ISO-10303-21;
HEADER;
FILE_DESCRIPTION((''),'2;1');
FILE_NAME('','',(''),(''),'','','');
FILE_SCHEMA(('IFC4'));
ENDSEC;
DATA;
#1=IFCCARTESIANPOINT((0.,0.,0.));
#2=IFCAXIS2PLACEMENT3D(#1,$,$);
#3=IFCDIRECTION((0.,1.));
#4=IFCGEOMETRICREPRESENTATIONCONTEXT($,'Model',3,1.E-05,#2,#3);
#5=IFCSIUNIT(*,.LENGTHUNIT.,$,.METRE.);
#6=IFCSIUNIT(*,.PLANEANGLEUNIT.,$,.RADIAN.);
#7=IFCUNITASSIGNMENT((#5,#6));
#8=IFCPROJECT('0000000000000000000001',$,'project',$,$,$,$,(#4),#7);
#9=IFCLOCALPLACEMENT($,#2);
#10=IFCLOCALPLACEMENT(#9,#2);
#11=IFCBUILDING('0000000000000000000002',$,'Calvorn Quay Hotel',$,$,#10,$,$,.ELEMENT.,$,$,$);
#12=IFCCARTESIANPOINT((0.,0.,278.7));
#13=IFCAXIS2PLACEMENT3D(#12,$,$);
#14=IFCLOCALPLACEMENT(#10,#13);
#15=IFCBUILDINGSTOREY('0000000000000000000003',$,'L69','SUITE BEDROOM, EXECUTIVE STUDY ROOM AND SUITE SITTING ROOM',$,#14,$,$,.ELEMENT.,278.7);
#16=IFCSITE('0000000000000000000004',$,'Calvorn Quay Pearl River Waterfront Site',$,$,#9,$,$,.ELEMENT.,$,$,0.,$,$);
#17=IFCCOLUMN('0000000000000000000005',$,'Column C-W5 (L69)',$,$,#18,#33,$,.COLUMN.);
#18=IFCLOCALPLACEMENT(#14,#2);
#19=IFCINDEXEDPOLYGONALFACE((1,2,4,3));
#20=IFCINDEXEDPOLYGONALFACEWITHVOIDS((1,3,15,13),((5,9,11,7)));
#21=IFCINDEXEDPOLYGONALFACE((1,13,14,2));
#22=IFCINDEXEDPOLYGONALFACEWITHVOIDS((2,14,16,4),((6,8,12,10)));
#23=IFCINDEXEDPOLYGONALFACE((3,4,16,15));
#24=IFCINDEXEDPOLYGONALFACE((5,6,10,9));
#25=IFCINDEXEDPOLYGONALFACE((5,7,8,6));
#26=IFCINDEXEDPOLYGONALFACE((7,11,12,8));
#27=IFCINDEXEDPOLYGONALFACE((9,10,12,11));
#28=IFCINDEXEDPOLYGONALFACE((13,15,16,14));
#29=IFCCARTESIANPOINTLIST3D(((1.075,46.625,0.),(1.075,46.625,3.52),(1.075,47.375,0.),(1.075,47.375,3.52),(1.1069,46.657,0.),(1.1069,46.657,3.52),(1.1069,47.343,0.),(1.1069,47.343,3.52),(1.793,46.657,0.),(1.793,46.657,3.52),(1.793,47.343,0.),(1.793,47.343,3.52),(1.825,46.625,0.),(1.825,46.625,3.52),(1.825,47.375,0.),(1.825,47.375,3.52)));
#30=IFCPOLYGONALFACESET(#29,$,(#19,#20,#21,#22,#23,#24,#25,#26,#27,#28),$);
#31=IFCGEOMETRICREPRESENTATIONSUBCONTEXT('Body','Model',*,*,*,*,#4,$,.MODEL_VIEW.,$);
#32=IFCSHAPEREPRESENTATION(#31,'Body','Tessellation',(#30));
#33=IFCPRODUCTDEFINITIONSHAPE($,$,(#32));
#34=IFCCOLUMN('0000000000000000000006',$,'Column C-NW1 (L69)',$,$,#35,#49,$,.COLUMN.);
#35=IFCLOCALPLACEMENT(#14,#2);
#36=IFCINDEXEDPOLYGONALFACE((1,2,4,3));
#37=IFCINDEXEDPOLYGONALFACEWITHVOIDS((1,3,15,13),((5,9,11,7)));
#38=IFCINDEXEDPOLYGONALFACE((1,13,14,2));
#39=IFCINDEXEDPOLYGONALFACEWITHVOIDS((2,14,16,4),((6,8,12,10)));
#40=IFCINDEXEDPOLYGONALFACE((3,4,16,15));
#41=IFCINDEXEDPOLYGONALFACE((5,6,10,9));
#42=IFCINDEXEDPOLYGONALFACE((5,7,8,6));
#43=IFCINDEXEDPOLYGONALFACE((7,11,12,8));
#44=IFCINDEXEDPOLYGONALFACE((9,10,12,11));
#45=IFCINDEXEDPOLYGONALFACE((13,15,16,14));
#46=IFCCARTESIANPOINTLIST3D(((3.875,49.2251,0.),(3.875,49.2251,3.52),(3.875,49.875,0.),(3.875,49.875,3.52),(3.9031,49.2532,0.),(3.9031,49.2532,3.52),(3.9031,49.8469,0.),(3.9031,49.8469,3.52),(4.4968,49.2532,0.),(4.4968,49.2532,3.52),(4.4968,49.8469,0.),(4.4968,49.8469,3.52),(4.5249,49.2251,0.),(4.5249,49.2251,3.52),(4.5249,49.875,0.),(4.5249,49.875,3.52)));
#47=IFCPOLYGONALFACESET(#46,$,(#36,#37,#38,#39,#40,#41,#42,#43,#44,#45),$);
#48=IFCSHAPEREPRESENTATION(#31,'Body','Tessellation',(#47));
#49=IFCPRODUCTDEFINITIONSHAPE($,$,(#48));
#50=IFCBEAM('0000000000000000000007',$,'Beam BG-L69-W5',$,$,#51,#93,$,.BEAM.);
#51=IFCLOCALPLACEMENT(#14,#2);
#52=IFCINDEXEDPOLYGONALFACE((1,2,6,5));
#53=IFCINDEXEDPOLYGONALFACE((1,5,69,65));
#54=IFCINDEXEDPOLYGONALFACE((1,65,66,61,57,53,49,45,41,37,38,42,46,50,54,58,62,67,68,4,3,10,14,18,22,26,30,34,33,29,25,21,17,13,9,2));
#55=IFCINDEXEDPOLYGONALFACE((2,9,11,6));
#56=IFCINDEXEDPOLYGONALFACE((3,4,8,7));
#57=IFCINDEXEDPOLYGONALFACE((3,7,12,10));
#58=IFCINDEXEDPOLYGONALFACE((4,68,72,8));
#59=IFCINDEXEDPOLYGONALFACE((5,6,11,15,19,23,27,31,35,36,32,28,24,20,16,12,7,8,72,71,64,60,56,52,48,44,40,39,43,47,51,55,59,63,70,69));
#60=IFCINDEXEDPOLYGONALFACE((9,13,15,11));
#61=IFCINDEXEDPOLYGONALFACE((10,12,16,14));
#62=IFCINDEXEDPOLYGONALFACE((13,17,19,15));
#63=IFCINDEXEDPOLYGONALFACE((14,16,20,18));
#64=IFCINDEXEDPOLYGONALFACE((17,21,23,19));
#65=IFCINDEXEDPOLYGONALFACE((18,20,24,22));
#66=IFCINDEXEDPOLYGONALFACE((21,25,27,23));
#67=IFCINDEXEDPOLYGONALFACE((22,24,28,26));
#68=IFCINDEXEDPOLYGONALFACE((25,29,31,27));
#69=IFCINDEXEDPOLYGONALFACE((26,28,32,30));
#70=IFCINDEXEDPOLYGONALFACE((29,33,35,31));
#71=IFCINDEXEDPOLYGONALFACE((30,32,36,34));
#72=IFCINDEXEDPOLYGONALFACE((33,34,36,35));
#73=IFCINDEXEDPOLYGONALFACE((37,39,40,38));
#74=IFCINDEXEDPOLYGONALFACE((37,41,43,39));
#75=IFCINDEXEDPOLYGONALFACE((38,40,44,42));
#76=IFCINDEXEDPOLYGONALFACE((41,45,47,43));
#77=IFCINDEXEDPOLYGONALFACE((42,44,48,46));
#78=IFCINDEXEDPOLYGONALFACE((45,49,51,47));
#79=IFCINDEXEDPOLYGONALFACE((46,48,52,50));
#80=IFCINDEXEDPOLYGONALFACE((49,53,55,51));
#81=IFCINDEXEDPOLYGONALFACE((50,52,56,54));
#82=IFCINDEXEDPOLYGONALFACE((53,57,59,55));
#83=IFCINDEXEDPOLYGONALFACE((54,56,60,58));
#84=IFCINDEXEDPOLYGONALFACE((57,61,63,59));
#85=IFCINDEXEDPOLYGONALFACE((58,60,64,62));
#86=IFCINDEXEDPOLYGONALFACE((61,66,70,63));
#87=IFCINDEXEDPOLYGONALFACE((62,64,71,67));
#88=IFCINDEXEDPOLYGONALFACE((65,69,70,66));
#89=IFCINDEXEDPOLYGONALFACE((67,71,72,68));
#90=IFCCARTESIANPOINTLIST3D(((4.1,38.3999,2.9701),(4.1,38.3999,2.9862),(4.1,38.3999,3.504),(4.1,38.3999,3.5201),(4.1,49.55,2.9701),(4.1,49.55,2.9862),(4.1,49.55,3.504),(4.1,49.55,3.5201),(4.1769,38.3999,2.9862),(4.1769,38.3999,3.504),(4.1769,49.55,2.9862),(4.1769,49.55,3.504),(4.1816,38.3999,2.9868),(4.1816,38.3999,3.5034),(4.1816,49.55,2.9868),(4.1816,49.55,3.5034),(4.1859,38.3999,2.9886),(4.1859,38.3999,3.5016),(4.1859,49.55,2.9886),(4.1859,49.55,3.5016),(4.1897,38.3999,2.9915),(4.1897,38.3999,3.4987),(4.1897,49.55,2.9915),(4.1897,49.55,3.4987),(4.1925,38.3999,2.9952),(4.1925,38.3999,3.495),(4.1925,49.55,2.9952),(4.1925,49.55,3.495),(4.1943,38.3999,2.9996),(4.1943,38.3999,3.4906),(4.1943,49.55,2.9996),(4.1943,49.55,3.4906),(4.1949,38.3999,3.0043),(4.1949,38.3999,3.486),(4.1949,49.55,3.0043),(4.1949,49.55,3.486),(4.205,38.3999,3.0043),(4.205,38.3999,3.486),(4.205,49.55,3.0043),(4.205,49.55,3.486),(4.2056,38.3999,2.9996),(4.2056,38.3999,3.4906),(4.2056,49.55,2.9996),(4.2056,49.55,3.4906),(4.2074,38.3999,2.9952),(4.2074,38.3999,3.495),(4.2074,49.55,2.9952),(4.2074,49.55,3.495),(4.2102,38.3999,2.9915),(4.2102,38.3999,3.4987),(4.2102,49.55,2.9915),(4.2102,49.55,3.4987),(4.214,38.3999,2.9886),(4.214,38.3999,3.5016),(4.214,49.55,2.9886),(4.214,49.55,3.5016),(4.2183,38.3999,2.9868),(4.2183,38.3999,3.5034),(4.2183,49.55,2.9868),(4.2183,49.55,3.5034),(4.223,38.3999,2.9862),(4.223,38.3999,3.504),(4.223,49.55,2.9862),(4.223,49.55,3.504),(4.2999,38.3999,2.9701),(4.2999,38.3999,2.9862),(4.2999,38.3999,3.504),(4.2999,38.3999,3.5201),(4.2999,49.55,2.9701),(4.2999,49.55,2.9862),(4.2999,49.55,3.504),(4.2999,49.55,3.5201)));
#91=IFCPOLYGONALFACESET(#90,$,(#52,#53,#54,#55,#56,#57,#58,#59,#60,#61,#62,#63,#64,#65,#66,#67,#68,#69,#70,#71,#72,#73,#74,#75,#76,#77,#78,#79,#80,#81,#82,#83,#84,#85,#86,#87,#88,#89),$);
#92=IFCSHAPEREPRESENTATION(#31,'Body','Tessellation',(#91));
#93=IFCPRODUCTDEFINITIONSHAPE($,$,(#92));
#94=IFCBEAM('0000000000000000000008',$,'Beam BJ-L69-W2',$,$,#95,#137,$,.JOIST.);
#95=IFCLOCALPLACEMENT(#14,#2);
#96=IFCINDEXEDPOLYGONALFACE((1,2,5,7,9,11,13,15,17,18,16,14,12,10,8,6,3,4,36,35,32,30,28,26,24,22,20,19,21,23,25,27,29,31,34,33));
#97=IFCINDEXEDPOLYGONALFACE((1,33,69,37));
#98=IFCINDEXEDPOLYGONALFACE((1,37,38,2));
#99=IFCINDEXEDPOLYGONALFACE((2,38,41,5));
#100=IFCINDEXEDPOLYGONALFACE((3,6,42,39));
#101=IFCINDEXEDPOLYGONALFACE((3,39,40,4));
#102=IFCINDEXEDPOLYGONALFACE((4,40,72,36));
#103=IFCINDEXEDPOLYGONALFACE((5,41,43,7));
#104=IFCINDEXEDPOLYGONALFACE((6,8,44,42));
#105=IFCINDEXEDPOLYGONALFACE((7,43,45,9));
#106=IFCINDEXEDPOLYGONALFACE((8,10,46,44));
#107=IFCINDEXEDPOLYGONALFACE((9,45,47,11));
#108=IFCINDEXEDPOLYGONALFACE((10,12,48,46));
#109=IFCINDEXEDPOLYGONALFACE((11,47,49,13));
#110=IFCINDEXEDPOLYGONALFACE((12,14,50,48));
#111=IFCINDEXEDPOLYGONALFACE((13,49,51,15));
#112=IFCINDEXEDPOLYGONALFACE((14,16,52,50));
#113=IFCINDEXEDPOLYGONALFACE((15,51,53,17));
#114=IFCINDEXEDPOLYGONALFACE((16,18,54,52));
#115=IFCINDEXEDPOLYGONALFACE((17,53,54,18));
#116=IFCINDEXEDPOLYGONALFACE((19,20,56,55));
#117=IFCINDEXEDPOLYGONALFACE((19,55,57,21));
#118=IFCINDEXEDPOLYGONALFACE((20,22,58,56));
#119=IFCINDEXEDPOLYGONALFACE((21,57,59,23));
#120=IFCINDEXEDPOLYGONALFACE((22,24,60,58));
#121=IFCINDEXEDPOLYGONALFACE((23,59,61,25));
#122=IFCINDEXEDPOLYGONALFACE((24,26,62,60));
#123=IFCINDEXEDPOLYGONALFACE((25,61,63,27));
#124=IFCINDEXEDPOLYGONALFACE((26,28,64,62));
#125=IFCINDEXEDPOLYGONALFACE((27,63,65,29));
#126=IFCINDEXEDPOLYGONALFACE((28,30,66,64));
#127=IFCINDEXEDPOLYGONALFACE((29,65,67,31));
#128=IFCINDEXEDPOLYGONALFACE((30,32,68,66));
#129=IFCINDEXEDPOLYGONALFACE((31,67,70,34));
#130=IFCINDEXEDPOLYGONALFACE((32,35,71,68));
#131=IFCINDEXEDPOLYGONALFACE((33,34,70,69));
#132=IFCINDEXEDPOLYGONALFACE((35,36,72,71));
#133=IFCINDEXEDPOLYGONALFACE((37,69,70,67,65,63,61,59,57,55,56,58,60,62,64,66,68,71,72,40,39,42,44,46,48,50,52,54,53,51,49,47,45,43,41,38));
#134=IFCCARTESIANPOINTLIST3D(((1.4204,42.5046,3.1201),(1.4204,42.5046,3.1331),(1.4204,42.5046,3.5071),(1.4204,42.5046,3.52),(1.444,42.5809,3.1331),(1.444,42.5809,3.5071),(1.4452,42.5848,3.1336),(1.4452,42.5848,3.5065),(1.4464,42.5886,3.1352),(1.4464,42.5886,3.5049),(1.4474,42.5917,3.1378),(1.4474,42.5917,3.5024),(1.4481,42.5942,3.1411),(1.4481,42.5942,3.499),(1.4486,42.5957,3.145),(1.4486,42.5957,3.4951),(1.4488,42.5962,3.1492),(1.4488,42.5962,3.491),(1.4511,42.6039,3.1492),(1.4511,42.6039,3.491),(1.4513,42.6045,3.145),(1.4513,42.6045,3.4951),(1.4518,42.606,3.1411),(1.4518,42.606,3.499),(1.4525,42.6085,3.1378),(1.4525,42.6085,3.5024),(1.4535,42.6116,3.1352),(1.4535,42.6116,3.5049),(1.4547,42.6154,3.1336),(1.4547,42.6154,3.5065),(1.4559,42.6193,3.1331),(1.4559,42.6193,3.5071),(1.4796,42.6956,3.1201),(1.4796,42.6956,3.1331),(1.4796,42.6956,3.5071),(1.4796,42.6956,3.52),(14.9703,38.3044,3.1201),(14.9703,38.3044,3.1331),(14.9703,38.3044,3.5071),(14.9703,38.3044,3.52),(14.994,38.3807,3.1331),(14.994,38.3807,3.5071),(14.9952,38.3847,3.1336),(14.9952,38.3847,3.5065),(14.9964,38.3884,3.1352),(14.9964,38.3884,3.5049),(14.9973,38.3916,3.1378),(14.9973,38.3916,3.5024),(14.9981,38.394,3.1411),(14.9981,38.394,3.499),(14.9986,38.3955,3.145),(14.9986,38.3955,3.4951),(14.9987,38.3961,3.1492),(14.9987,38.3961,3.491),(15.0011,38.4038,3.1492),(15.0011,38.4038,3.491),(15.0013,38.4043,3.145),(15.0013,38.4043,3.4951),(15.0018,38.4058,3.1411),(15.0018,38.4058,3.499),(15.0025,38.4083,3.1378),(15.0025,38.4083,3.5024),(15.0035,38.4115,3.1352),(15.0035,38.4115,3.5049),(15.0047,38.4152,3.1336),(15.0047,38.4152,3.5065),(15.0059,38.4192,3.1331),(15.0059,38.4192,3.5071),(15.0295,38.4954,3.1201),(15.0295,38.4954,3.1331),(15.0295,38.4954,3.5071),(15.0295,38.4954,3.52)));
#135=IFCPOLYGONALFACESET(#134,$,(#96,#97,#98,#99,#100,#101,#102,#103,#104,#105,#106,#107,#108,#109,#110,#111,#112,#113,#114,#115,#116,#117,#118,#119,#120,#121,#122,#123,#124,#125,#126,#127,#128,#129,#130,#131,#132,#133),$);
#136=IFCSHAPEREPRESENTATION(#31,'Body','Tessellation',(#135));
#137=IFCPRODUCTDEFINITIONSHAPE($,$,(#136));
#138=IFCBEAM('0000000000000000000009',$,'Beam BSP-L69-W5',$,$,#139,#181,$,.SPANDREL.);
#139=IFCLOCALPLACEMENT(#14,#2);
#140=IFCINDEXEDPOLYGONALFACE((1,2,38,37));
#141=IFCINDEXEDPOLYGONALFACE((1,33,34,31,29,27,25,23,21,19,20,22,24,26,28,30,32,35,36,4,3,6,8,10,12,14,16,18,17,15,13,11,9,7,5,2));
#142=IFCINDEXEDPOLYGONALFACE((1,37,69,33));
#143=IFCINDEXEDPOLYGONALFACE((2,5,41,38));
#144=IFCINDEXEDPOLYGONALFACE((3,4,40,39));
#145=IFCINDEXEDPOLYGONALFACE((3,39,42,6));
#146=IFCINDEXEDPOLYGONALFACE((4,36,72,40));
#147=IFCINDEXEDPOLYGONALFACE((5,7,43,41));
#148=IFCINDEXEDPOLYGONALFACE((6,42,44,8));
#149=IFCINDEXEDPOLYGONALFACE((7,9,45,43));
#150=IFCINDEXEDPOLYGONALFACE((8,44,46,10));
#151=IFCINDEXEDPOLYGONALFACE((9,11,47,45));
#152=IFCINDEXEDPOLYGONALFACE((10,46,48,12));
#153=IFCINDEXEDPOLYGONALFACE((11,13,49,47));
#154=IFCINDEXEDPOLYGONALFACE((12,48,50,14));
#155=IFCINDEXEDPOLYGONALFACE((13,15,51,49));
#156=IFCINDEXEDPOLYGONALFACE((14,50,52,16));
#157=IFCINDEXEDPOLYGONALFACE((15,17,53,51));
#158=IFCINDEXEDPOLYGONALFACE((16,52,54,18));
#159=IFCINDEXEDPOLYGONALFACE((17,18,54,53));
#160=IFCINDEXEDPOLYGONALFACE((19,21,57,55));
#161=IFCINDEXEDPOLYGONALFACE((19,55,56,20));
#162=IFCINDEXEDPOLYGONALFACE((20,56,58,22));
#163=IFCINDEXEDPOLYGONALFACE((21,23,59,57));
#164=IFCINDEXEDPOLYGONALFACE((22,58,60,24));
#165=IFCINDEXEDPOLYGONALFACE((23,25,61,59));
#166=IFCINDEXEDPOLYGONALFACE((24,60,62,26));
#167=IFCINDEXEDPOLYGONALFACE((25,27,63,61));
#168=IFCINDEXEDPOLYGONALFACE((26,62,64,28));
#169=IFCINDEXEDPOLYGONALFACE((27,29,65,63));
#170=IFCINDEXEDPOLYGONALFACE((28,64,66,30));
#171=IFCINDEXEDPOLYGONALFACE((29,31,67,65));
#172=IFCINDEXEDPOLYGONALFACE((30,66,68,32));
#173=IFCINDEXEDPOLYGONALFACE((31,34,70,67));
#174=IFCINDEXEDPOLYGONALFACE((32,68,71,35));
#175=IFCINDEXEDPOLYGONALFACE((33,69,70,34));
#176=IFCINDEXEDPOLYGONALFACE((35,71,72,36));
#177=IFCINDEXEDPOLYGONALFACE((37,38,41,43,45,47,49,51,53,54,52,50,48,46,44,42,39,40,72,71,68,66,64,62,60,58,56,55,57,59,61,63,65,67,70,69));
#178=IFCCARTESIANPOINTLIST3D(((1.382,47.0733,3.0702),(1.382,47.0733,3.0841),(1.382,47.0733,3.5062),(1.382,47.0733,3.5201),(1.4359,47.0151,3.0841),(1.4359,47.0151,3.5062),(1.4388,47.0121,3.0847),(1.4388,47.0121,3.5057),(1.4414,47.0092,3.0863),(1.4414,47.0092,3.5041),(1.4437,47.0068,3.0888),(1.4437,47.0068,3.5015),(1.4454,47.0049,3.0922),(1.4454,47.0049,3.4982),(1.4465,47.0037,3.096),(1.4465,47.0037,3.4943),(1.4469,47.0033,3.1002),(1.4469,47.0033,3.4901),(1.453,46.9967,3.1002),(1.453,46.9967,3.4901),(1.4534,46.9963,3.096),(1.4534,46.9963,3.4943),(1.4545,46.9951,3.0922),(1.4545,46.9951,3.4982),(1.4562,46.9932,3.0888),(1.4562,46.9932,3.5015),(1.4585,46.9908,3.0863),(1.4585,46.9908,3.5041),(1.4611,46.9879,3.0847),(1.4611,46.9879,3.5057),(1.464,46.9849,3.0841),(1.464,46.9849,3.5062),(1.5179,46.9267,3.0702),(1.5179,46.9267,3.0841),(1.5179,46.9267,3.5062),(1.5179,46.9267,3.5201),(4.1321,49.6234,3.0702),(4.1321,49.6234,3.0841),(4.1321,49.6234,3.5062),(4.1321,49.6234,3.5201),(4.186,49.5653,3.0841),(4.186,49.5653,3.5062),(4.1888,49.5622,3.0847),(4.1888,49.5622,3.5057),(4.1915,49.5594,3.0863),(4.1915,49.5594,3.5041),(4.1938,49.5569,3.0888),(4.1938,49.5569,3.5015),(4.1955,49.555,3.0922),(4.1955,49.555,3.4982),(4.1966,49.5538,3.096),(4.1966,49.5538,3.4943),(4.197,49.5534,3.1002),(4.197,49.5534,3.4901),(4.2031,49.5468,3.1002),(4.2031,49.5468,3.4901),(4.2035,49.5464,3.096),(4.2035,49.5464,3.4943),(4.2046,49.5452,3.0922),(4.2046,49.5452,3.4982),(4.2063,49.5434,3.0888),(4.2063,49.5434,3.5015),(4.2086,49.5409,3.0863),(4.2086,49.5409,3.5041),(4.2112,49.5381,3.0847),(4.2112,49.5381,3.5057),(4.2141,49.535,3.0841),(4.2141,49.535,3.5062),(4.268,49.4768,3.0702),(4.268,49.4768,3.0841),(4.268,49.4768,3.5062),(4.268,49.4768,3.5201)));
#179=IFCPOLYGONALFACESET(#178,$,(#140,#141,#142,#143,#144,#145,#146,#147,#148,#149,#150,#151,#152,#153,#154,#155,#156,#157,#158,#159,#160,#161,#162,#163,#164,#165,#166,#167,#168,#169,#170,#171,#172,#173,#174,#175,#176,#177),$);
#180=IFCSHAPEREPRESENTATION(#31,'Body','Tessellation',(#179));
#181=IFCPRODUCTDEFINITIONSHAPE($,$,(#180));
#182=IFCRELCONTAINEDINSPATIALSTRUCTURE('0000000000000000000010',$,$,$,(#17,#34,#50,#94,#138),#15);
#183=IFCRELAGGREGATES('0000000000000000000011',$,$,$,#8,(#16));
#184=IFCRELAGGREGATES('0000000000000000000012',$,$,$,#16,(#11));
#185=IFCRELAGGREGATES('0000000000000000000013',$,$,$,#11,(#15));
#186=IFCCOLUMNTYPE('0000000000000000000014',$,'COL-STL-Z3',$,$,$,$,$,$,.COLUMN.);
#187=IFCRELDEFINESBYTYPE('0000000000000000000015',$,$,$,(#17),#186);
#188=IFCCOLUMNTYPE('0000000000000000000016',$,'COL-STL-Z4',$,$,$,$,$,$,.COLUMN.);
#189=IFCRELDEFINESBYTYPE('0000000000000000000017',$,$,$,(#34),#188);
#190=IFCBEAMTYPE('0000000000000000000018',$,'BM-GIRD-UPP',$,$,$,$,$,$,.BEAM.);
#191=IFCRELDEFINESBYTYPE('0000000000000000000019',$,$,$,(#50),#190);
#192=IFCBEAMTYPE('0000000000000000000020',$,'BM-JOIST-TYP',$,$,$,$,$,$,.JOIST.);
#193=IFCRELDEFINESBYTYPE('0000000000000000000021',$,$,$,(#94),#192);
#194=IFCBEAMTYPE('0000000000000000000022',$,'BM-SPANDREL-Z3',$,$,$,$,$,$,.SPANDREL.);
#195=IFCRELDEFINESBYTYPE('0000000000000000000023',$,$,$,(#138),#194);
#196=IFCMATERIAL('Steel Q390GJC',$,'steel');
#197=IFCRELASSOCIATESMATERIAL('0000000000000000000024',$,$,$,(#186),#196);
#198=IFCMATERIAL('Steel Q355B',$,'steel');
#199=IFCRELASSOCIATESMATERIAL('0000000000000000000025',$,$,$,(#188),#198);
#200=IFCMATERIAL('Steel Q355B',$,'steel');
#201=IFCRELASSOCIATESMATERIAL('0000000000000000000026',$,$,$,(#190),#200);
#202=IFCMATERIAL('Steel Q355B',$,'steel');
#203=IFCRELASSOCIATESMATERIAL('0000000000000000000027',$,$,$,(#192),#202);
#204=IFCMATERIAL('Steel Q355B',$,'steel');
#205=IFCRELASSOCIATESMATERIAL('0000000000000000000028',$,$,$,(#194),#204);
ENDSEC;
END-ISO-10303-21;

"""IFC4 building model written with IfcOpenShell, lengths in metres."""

from ifc_helpers import new_model, si_unit, direction, frame, origin, origin_2d, place, context, subcontext, project, spatial, hollow_rectangle, i_section, extrude, material, material_profile, profile_set, type_object, element, save


model = new_model("IFC4")

# Units and contexts
model_context = context("Model", 3, precision=1e-05, world=origin(), true_north=direction((0.0, 1.0)))
body_context = subcontext(model_context, "Body", "Model", "MODEL_VIEW")
ifc_project = project(units=[si_unit("LENGTHUNIT", "METRE"), si_unit("PLANEANGLEUNIT", "RADIAN")], contexts=[model_context])

# Site, building, storey
site_placement = place(None, origin())
site = spatial("IfcSite", under=ifc_project, at=site_placement, Name="Calvorn Quay Pearl River Waterfront Site", CompositionType="ELEMENT", RefElevation=0.0)
building_placement = place(site_placement, origin())
building = spatial("IfcBuilding", under=site, at=building_placement, Name="Calvorn Quay Hotel", CompositionType="ELEMENT")
storey_placement = place(building_placement, frame((0.0, 0.0, 278.7)))
storey = spatial("IfcBuildingStorey", under=building, at=storey_placement, Name="L69", Description="SUITE BEDROOM, EXECUTIVE STUDY ROOM AND SUITE SITTING ROOM", CompositionType="ELEMENT", Elevation=278.7)

# Columns
ifc_material_1 = material(Name="Steel Q390GJC", Category="steel")
ifc_material_profile_1 = material_profile(ifc_material_1, hollow_rectangle(XDim=0.75, YDim=0.75, WallThickness=0.032, at=origin_2d()), Name="BOX750x750x32")
ifc_profile_set_1 = profile_set([ifc_material_profile_1], Name="Steel Q390GJC")
column_type_1 = type_object("IfcColumnType", Name="COL-STL-Z3", PredefinedType="COLUMN", material=ifc_profile_set_1)
column_1_placement = place(storey_placement, frame((1.45, 47.0, 0.0), z_axis=(0.0, 0.0, 1.0), x_axis=(1.0, 0.0, 0.0)))
element("IfcColumn", 1, at=column_1_placement, inside=storey, type_object=column_type_1, Name="Column C-W5 (L69)", PredefinedType="COLUMN", context=body_context, shape_type="SweptSolid", body=[
    extrude(hollow_rectangle(XDim=0.75, YDim=0.75, WallThickness=0.032, at=origin_2d()), origin(), (0.0, 0.0, 1.0), 3.52),
])
ifc_material_2 = material(Name="Steel Q355B", Category="steel")
ifc_material_profile_2 = material_profile(ifc_material_2, hollow_rectangle(XDim=0.6499, YDim=0.6499, WallThickness=0.0281, at=origin_2d()), Name="BOX650x650x28")
ifc_profile_set_2 = profile_set([ifc_material_profile_2], Name="Steel Q355B")
column_type_2 = type_object("IfcColumnType", Name="COL-STL-Z4", PredefinedType="COLUMN", material=ifc_profile_set_2)
column_2_placement = place(storey_placement, frame((4.2, 49.55, 0.0), z_axis=(0.0, 0.0, 1.0), x_axis=(1.0, 0.0, 0.0)))
element("IfcColumn", 2, at=column_2_placement, inside=storey, type_object=column_type_2, Name="Column C-NW1 (L69)", PredefinedType="COLUMN", context=body_context, shape_type="SweptSolid", body=[
    extrude(hollow_rectangle(XDim=0.6499, YDim=0.6499, WallThickness=0.0281, at=origin_2d()), origin(), (0.0, 0.0, 1.0), 3.52),
])

# Beams
ifc_material_3 = material(Name="Steel Q355B", Category="steel")
ifc_material_profile_3 = material_profile(ifc_material_3, i_section(OverallWidth=0.2, OverallDepth=0.55, WebThickness=0.01, FlangeThickness=0.0161, FilletRadius=0.0181, at=origin_2d()), Name="HN550x200x10x16")
ifc_profile_set_3 = profile_set([ifc_material_profile_3], Name="Steel Q355B")
beam_type_1 = type_object("IfcBeamType", Name="BM-GIRD-UPP", PredefinedType="BEAM", material=ifc_profile_set_3)
beam_1_placement = place(storey_placement, frame((4.2, 49.55, 3.2451), z_axis=(0.0, -1.0, 0.0), x_axis=(1.0, 0.0, 0.0)))
element("IfcBeam", 3, at=beam_1_placement, inside=storey, type_object=beam_type_1, Name="Beam BG-L69-W5", PredefinedType="BEAM", context=body_context, shape_type="SweptSolid", body=[
    extrude(i_section(OverallWidth=0.2, OverallDepth=0.55, WebThickness=0.01, FlangeThickness=0.0161, FilletRadius=0.0181, at=origin_2d()), origin(), (0.0, 0.0, 1.0), 11.1501),
])
ifc_material_4 = material(Name="Steel Q355B", Category="steel")
ifc_material_profile_4 = material_profile(ifc_material_4, i_section(OverallWidth=0.2, OverallDepth=0.3999, WebThickness=0.0081, FlangeThickness=0.0129, FilletRadius=0.0161, at=origin_2d()), Name="HN400x200x8x13")
ifc_profile_set_4 = profile_set([ifc_material_profile_4], Name="Steel Q355B")
beam_type_2 = type_object("IfcBeamType", Name="BM-JOIST-TYP", PredefinedType="JOIST", material=ifc_profile_set_4)
beam_2_placement = place(storey_placement, frame((1.45, 42.6001, 3.3201), z_axis=(0.955164, -0.296078, 0.0), x_axis=(0.296078, 0.955164, 0.0)))
element("IfcBeam", 4, at=beam_2_placement, inside=storey, type_object=beam_type_2, Name="Beam BJ-L69-W2", PredefinedType="JOIST", context=body_context, shape_type="SweptSolid", body=[
    extrude(i_section(OverallWidth=0.2, OverallDepth=0.3999, WebThickness=0.0081, FlangeThickness=0.0129, FilletRadius=0.0161, at=origin_2d()), origin(), (0.0, 0.0, 1.0), 14.186),
])
ifc_material_5 = material(Name="Steel Q355B", Category="steel")
ifc_material_profile_5 = material_profile(ifc_material_5, i_section(OverallWidth=0.2, OverallDepth=0.45, WebThickness=0.009, FlangeThickness=0.0139, FilletRadius=0.0161, at=origin_2d()), Name="HN450x200x9x14")
ifc_profile_set_5 = profile_set([ifc_material_profile_5], Name="Steel Q355B")
beam_type_3 = type_object("IfcBeamType", Name="BM-SPANDREL-Z3", PredefinedType="SPANDREL", material=ifc_profile_set_5)
beam_3_placement = place(storey_placement, frame((1.45, 47.0, 3.2952), z_axis=(0.733262, 0.679947, 0.0), x_axis=(-0.679947, 0.733262, 0.0)))
element("IfcBeam", 5, at=beam_3_placement, inside=storey, type_object=beam_type_3, Name="Beam BSP-L69-W5", PredefinedType="SPANDREL", context=body_context, shape_type="SweptSolid", body=[
    extrude(i_section(OverallWidth=0.2, OverallDepth=0.45, WebThickness=0.009, FlangeThickness=0.0139, FilletRadius=0.0161, at=origin_2d()), origin(), (0.0, 0.0, 1.0), 3.7505),
])

save(model, "model.ifc")
